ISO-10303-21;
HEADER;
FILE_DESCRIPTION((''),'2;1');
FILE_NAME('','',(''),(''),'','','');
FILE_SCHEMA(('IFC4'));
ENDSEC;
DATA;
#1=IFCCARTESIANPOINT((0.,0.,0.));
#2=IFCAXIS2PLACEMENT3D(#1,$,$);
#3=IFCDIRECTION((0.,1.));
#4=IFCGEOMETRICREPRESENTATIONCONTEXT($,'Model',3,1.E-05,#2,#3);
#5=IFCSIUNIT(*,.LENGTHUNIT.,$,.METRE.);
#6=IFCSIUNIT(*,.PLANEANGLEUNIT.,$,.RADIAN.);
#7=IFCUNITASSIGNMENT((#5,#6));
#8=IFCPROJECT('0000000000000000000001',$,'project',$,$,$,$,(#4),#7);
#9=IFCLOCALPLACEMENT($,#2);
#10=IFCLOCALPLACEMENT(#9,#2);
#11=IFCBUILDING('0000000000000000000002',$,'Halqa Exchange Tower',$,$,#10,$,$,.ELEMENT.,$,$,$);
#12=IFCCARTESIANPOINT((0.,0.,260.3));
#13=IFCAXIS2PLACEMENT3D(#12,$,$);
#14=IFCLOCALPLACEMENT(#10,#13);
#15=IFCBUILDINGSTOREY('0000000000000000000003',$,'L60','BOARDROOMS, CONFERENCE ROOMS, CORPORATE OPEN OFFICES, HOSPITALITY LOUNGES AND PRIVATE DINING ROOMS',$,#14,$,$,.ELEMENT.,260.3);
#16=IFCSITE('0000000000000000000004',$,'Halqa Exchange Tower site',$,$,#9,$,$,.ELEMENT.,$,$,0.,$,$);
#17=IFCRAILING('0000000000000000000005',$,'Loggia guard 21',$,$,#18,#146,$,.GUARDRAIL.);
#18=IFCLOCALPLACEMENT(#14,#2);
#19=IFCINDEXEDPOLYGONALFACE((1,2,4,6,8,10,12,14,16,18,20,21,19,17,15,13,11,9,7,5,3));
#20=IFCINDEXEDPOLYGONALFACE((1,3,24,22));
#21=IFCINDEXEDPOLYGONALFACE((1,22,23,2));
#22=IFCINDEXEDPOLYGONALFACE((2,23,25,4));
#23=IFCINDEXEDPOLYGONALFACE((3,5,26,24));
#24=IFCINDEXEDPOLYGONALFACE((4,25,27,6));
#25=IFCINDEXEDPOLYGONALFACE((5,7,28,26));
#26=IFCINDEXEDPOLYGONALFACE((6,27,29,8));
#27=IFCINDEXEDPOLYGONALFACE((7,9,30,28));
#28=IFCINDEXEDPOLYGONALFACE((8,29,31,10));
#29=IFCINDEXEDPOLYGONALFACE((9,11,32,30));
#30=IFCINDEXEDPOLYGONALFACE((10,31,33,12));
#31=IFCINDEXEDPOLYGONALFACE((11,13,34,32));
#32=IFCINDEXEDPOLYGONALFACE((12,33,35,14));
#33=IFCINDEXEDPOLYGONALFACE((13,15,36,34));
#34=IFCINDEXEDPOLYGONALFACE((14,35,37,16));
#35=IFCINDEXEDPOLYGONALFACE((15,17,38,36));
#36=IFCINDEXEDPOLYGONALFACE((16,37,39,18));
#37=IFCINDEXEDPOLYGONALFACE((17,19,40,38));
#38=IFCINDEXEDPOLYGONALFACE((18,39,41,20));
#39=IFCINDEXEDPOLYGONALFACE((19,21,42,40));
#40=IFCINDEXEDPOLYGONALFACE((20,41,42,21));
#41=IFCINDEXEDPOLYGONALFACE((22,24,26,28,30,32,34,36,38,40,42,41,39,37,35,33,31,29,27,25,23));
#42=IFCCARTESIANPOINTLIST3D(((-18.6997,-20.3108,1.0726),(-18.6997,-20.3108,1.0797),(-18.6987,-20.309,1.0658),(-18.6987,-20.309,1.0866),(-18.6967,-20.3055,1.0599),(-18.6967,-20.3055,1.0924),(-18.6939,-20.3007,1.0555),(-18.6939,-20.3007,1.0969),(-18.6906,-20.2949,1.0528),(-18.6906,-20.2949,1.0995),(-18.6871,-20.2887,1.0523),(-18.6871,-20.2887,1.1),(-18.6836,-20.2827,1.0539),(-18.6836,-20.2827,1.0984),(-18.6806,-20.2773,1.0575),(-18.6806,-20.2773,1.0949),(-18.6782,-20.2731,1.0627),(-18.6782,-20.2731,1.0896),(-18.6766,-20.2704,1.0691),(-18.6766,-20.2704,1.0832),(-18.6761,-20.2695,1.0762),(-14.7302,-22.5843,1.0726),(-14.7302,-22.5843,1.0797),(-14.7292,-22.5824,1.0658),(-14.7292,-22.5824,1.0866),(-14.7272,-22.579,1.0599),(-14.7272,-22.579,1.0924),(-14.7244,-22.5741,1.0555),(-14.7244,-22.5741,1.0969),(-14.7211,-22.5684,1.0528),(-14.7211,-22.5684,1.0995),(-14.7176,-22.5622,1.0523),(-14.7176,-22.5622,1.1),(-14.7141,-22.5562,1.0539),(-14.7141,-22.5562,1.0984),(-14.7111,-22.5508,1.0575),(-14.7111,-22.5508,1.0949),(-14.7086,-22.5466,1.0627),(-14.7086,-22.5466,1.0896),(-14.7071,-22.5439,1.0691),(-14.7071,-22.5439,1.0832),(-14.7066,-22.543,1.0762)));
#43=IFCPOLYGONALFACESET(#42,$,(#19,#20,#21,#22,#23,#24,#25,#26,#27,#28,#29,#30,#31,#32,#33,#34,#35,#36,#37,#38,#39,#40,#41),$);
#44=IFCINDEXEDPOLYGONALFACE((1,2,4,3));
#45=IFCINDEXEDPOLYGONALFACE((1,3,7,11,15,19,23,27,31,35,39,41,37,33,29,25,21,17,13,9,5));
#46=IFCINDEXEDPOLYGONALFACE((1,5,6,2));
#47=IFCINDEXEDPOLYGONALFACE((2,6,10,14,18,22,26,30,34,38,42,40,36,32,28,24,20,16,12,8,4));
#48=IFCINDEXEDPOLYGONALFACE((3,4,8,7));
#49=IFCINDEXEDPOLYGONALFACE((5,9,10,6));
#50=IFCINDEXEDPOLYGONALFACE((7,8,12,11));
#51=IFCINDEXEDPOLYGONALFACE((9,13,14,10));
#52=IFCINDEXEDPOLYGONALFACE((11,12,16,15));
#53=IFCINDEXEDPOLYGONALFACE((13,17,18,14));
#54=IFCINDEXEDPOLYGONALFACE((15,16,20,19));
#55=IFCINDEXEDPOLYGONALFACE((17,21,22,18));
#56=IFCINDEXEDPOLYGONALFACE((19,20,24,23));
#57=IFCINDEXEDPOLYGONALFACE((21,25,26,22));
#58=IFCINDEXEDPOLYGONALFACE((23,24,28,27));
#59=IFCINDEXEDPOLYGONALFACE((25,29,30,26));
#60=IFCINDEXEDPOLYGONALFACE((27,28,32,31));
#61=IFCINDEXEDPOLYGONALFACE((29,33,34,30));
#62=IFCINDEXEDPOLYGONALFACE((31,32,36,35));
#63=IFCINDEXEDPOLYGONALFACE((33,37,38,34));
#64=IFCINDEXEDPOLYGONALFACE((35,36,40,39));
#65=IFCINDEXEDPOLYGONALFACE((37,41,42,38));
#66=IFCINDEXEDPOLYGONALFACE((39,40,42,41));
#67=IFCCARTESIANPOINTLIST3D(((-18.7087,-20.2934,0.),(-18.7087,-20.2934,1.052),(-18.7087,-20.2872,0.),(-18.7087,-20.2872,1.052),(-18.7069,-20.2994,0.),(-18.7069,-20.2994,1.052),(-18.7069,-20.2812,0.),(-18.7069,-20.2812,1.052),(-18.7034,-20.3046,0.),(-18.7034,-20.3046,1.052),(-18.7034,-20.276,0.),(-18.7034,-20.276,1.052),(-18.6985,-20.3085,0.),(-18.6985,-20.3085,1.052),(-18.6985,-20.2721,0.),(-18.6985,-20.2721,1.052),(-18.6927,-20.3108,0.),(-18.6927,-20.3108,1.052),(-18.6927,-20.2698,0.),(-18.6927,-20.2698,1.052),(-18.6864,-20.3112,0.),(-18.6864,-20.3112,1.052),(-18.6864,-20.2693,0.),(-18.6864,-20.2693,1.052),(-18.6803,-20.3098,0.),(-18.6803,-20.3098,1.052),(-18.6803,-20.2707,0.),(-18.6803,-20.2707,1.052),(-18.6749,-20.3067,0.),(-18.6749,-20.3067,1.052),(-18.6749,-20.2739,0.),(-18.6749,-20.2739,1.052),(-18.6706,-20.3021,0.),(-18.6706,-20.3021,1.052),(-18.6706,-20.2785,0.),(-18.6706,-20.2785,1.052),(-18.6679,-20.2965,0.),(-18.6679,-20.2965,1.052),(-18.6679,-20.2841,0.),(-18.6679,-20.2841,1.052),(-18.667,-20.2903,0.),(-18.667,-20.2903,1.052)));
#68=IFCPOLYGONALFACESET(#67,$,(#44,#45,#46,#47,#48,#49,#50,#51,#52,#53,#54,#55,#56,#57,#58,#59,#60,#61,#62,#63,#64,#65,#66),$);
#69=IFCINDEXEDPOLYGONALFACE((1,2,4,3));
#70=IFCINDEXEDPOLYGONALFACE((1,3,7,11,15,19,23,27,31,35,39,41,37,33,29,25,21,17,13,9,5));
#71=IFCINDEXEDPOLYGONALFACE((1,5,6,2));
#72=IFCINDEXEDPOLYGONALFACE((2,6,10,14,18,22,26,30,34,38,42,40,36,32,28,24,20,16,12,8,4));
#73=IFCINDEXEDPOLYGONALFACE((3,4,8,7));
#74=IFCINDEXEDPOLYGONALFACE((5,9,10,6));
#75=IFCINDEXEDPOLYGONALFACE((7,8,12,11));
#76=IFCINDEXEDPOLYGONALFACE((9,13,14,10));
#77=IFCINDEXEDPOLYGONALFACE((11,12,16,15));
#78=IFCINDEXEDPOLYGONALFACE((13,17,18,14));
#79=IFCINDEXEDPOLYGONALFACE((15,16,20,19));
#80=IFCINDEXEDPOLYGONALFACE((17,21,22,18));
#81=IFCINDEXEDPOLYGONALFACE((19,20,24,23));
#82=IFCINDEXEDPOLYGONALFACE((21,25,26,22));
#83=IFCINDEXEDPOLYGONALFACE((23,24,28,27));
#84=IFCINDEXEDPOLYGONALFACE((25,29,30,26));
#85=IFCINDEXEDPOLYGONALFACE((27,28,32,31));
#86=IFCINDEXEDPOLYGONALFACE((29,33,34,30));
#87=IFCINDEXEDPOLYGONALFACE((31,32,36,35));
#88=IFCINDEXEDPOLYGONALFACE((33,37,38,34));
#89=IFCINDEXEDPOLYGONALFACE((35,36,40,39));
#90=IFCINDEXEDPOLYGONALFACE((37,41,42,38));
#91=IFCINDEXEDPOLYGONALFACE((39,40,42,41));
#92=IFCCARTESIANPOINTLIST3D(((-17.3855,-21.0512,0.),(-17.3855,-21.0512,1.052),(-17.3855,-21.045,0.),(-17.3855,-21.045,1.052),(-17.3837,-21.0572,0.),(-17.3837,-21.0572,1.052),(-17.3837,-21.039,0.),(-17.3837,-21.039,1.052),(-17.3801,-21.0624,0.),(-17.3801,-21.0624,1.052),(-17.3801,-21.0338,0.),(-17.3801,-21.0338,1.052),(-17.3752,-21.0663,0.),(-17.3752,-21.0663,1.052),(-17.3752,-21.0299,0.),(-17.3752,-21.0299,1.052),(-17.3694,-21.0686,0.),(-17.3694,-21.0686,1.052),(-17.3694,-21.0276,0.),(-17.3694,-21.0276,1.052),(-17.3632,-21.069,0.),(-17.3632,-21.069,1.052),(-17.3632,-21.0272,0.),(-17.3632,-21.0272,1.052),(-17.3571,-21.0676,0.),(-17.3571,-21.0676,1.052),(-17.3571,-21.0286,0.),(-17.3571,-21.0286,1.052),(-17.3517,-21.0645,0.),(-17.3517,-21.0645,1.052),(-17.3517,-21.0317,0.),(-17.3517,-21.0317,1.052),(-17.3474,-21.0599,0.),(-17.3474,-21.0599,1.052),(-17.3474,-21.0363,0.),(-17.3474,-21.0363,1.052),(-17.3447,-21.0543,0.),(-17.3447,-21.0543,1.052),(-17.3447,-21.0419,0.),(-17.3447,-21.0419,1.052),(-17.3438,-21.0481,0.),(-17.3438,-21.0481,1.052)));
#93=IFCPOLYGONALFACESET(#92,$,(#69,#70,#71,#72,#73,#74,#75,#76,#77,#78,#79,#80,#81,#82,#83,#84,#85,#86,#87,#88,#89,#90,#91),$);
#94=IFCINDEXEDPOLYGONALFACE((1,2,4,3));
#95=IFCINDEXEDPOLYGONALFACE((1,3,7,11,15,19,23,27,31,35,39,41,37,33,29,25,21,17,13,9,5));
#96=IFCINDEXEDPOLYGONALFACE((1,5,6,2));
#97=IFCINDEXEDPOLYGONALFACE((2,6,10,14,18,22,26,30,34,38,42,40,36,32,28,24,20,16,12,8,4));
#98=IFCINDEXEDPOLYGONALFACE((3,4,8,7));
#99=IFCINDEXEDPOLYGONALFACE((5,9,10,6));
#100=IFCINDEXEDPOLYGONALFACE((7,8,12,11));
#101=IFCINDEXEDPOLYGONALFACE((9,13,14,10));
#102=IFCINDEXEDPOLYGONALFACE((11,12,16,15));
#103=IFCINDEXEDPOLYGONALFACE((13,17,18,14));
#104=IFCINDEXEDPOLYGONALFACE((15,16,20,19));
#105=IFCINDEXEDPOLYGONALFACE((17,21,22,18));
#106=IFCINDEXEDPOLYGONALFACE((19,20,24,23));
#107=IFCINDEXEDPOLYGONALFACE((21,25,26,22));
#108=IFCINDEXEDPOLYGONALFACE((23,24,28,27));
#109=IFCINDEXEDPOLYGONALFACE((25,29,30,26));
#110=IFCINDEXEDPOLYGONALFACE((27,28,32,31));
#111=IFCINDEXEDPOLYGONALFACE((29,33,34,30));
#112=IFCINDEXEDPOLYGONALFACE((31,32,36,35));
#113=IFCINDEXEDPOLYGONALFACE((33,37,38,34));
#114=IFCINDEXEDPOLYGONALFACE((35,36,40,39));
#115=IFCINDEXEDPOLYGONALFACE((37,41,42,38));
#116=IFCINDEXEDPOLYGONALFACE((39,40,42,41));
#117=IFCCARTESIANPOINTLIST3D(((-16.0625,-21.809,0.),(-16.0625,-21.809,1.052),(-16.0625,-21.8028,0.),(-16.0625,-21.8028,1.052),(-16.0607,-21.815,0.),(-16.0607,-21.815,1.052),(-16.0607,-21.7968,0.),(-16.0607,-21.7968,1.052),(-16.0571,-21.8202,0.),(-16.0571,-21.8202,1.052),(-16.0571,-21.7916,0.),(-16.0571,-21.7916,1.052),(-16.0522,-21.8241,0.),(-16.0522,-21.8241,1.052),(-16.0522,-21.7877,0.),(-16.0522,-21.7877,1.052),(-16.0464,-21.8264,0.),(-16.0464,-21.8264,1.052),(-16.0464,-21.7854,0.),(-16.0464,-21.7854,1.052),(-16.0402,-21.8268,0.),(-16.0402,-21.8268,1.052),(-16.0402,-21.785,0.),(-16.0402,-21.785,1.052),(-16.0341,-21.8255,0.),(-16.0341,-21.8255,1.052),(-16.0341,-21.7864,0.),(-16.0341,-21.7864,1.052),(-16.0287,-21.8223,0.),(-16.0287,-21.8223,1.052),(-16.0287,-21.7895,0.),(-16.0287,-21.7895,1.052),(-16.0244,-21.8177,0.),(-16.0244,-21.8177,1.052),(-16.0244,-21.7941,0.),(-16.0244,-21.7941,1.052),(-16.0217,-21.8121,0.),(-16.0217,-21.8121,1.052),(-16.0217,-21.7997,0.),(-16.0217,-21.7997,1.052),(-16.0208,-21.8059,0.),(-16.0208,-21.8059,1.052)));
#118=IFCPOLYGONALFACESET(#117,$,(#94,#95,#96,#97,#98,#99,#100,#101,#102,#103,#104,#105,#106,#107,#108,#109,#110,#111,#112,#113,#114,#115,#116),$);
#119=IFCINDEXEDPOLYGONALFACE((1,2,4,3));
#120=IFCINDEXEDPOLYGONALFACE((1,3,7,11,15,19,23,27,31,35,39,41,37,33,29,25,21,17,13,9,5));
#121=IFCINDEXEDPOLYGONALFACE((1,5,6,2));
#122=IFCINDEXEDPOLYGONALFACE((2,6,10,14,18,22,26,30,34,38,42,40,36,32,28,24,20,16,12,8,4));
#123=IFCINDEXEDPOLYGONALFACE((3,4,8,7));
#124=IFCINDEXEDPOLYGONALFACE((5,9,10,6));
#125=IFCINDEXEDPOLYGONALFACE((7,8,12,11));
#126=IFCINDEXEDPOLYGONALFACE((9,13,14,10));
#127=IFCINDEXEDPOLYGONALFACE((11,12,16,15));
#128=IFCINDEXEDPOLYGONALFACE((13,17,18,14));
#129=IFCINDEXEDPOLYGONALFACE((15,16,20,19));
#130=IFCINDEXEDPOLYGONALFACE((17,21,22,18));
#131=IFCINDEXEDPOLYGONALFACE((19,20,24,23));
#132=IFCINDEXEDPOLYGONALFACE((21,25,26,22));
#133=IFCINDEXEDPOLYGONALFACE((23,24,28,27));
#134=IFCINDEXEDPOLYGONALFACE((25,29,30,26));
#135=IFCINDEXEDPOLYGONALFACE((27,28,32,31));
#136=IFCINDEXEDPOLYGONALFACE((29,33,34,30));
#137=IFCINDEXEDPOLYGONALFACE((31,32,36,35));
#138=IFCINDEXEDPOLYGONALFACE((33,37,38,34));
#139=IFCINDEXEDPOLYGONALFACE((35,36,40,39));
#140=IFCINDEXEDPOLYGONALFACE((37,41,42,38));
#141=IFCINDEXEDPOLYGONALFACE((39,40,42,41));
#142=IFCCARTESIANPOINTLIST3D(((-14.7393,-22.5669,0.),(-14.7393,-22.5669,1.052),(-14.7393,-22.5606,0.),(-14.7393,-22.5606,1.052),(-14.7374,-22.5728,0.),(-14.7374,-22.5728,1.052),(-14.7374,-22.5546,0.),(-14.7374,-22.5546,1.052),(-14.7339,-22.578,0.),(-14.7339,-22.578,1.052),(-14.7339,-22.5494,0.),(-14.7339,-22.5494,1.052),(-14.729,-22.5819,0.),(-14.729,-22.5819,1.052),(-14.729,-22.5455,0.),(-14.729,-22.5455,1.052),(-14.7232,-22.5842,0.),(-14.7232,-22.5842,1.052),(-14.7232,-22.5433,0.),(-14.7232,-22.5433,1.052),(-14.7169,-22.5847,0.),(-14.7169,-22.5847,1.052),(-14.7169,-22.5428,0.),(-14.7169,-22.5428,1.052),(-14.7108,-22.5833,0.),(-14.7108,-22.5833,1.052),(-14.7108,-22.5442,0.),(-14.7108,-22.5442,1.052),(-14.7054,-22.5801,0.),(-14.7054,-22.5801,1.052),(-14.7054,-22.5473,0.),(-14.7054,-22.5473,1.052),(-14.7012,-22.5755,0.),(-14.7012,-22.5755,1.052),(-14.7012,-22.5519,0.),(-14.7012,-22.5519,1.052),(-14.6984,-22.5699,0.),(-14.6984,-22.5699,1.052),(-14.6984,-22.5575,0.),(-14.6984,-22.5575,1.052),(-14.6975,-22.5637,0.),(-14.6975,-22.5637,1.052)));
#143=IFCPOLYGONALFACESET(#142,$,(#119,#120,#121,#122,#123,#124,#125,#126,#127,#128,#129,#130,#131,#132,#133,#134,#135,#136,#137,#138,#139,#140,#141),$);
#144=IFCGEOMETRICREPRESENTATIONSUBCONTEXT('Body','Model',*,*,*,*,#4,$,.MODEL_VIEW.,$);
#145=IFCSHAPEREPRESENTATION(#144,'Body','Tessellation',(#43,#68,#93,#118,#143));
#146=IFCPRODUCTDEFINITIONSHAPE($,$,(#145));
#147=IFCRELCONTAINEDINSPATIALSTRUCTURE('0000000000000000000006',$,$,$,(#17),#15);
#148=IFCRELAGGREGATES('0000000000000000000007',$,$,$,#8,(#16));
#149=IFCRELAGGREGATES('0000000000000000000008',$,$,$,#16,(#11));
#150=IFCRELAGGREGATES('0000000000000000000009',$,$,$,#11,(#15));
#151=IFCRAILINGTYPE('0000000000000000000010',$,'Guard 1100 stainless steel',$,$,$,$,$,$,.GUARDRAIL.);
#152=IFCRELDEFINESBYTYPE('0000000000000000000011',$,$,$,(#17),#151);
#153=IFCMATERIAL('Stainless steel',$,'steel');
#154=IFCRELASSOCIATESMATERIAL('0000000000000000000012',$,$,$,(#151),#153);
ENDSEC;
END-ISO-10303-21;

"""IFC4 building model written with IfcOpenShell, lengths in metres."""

from ifc_helpers import new_model, si_unit, direction, frame, origin, origin_2d, place, context, subcontext, project, spatial, circle, extrude, material, type_object, element, save


model = new_model("IFC4")

# Units and contexts
model_context = context("Model", 3, precision=1e-05, world=origin(), true_north=direction((0.0, 1.0)))
body_context = subcontext(model_context, "Body", "Model", "MODEL_VIEW")
ifc_project = project(units=[si_unit("LENGTHUNIT", "METRE"), si_unit("PLANEANGLEUNIT", "RADIAN")], contexts=[model_context])

# Site, building, storey
site_placement = place(None, origin())
site = spatial("IfcSite", under=ifc_project, at=site_placement, Name="Halqa Exchange Tower site", CompositionType="ELEMENT", RefElevation=0.0)
building_placement = place(site_placement, origin())
building = spatial("IfcBuilding", under=site, at=building_placement, Name="Halqa Exchange Tower", CompositionType="ELEMENT")
storey_placement = place(building_placement, frame((0.0, 0.0, 260.3)))
storey = spatial("IfcBuildingStorey", under=building, at=storey_placement, Name="L60", Description="BOARDROOMS, CONFERENCE ROOMS, CORPORATE OPEN OFFICES, HOSPITALITY LOUNGES AND PRIVATE DINING ROOMS", CompositionType="ELEMENT", Elevation=260.3)

# Railing
ifc_material_1 = material(Name="Stainless steel", Category="steel")
railing_type = type_object("IfcRailingType", Name="Guard 1100 stainless steel", PredefinedType="GUARDRAIL", material=ifc_material_1)
railing_1_placement = place(storey_placement, frame((-18.688, -20.2903, 0.0)))
element("IfcRailing", 1, at=railing_1_placement, inside=storey, type_object=railing_type, Name="Loggia guard 21", PredefinedType="GUARDRAIL", context=body_context, shape_type="SweptSolid", body=[
    extrude(circle(Radius=0.0239, at=origin_2d()), frame((0.0, 0.0, 1.0762), z_axis=(0.867757, -0.496989, 0.0), x_axis=(0.496989, 0.867757, 0.0)), (0.0, 0.0, 1.0), 4.5745),
    extrude(circle(Radius=0.021, at=origin_2d()), origin(), (0.0, 0.0, 1.0), 1.052),
    extrude(circle(Radius=0.021, at=origin_2d()), frame((1.3232, -0.7578, 0.0)), (0.0, 0.0, 1.0), 1.052),
    extrude(circle(Radius=0.021, at=origin_2d()), frame((2.6462, -1.5156, 0.0)), (0.0, 0.0, 1.0), 1.052),
    extrude(circle(Radius=0.021, at=origin_2d()), frame((3.9695, -2.2734, 0.0)), (0.0, 0.0, 1.0), 1.052),
])

save(model, "model.ifc")
